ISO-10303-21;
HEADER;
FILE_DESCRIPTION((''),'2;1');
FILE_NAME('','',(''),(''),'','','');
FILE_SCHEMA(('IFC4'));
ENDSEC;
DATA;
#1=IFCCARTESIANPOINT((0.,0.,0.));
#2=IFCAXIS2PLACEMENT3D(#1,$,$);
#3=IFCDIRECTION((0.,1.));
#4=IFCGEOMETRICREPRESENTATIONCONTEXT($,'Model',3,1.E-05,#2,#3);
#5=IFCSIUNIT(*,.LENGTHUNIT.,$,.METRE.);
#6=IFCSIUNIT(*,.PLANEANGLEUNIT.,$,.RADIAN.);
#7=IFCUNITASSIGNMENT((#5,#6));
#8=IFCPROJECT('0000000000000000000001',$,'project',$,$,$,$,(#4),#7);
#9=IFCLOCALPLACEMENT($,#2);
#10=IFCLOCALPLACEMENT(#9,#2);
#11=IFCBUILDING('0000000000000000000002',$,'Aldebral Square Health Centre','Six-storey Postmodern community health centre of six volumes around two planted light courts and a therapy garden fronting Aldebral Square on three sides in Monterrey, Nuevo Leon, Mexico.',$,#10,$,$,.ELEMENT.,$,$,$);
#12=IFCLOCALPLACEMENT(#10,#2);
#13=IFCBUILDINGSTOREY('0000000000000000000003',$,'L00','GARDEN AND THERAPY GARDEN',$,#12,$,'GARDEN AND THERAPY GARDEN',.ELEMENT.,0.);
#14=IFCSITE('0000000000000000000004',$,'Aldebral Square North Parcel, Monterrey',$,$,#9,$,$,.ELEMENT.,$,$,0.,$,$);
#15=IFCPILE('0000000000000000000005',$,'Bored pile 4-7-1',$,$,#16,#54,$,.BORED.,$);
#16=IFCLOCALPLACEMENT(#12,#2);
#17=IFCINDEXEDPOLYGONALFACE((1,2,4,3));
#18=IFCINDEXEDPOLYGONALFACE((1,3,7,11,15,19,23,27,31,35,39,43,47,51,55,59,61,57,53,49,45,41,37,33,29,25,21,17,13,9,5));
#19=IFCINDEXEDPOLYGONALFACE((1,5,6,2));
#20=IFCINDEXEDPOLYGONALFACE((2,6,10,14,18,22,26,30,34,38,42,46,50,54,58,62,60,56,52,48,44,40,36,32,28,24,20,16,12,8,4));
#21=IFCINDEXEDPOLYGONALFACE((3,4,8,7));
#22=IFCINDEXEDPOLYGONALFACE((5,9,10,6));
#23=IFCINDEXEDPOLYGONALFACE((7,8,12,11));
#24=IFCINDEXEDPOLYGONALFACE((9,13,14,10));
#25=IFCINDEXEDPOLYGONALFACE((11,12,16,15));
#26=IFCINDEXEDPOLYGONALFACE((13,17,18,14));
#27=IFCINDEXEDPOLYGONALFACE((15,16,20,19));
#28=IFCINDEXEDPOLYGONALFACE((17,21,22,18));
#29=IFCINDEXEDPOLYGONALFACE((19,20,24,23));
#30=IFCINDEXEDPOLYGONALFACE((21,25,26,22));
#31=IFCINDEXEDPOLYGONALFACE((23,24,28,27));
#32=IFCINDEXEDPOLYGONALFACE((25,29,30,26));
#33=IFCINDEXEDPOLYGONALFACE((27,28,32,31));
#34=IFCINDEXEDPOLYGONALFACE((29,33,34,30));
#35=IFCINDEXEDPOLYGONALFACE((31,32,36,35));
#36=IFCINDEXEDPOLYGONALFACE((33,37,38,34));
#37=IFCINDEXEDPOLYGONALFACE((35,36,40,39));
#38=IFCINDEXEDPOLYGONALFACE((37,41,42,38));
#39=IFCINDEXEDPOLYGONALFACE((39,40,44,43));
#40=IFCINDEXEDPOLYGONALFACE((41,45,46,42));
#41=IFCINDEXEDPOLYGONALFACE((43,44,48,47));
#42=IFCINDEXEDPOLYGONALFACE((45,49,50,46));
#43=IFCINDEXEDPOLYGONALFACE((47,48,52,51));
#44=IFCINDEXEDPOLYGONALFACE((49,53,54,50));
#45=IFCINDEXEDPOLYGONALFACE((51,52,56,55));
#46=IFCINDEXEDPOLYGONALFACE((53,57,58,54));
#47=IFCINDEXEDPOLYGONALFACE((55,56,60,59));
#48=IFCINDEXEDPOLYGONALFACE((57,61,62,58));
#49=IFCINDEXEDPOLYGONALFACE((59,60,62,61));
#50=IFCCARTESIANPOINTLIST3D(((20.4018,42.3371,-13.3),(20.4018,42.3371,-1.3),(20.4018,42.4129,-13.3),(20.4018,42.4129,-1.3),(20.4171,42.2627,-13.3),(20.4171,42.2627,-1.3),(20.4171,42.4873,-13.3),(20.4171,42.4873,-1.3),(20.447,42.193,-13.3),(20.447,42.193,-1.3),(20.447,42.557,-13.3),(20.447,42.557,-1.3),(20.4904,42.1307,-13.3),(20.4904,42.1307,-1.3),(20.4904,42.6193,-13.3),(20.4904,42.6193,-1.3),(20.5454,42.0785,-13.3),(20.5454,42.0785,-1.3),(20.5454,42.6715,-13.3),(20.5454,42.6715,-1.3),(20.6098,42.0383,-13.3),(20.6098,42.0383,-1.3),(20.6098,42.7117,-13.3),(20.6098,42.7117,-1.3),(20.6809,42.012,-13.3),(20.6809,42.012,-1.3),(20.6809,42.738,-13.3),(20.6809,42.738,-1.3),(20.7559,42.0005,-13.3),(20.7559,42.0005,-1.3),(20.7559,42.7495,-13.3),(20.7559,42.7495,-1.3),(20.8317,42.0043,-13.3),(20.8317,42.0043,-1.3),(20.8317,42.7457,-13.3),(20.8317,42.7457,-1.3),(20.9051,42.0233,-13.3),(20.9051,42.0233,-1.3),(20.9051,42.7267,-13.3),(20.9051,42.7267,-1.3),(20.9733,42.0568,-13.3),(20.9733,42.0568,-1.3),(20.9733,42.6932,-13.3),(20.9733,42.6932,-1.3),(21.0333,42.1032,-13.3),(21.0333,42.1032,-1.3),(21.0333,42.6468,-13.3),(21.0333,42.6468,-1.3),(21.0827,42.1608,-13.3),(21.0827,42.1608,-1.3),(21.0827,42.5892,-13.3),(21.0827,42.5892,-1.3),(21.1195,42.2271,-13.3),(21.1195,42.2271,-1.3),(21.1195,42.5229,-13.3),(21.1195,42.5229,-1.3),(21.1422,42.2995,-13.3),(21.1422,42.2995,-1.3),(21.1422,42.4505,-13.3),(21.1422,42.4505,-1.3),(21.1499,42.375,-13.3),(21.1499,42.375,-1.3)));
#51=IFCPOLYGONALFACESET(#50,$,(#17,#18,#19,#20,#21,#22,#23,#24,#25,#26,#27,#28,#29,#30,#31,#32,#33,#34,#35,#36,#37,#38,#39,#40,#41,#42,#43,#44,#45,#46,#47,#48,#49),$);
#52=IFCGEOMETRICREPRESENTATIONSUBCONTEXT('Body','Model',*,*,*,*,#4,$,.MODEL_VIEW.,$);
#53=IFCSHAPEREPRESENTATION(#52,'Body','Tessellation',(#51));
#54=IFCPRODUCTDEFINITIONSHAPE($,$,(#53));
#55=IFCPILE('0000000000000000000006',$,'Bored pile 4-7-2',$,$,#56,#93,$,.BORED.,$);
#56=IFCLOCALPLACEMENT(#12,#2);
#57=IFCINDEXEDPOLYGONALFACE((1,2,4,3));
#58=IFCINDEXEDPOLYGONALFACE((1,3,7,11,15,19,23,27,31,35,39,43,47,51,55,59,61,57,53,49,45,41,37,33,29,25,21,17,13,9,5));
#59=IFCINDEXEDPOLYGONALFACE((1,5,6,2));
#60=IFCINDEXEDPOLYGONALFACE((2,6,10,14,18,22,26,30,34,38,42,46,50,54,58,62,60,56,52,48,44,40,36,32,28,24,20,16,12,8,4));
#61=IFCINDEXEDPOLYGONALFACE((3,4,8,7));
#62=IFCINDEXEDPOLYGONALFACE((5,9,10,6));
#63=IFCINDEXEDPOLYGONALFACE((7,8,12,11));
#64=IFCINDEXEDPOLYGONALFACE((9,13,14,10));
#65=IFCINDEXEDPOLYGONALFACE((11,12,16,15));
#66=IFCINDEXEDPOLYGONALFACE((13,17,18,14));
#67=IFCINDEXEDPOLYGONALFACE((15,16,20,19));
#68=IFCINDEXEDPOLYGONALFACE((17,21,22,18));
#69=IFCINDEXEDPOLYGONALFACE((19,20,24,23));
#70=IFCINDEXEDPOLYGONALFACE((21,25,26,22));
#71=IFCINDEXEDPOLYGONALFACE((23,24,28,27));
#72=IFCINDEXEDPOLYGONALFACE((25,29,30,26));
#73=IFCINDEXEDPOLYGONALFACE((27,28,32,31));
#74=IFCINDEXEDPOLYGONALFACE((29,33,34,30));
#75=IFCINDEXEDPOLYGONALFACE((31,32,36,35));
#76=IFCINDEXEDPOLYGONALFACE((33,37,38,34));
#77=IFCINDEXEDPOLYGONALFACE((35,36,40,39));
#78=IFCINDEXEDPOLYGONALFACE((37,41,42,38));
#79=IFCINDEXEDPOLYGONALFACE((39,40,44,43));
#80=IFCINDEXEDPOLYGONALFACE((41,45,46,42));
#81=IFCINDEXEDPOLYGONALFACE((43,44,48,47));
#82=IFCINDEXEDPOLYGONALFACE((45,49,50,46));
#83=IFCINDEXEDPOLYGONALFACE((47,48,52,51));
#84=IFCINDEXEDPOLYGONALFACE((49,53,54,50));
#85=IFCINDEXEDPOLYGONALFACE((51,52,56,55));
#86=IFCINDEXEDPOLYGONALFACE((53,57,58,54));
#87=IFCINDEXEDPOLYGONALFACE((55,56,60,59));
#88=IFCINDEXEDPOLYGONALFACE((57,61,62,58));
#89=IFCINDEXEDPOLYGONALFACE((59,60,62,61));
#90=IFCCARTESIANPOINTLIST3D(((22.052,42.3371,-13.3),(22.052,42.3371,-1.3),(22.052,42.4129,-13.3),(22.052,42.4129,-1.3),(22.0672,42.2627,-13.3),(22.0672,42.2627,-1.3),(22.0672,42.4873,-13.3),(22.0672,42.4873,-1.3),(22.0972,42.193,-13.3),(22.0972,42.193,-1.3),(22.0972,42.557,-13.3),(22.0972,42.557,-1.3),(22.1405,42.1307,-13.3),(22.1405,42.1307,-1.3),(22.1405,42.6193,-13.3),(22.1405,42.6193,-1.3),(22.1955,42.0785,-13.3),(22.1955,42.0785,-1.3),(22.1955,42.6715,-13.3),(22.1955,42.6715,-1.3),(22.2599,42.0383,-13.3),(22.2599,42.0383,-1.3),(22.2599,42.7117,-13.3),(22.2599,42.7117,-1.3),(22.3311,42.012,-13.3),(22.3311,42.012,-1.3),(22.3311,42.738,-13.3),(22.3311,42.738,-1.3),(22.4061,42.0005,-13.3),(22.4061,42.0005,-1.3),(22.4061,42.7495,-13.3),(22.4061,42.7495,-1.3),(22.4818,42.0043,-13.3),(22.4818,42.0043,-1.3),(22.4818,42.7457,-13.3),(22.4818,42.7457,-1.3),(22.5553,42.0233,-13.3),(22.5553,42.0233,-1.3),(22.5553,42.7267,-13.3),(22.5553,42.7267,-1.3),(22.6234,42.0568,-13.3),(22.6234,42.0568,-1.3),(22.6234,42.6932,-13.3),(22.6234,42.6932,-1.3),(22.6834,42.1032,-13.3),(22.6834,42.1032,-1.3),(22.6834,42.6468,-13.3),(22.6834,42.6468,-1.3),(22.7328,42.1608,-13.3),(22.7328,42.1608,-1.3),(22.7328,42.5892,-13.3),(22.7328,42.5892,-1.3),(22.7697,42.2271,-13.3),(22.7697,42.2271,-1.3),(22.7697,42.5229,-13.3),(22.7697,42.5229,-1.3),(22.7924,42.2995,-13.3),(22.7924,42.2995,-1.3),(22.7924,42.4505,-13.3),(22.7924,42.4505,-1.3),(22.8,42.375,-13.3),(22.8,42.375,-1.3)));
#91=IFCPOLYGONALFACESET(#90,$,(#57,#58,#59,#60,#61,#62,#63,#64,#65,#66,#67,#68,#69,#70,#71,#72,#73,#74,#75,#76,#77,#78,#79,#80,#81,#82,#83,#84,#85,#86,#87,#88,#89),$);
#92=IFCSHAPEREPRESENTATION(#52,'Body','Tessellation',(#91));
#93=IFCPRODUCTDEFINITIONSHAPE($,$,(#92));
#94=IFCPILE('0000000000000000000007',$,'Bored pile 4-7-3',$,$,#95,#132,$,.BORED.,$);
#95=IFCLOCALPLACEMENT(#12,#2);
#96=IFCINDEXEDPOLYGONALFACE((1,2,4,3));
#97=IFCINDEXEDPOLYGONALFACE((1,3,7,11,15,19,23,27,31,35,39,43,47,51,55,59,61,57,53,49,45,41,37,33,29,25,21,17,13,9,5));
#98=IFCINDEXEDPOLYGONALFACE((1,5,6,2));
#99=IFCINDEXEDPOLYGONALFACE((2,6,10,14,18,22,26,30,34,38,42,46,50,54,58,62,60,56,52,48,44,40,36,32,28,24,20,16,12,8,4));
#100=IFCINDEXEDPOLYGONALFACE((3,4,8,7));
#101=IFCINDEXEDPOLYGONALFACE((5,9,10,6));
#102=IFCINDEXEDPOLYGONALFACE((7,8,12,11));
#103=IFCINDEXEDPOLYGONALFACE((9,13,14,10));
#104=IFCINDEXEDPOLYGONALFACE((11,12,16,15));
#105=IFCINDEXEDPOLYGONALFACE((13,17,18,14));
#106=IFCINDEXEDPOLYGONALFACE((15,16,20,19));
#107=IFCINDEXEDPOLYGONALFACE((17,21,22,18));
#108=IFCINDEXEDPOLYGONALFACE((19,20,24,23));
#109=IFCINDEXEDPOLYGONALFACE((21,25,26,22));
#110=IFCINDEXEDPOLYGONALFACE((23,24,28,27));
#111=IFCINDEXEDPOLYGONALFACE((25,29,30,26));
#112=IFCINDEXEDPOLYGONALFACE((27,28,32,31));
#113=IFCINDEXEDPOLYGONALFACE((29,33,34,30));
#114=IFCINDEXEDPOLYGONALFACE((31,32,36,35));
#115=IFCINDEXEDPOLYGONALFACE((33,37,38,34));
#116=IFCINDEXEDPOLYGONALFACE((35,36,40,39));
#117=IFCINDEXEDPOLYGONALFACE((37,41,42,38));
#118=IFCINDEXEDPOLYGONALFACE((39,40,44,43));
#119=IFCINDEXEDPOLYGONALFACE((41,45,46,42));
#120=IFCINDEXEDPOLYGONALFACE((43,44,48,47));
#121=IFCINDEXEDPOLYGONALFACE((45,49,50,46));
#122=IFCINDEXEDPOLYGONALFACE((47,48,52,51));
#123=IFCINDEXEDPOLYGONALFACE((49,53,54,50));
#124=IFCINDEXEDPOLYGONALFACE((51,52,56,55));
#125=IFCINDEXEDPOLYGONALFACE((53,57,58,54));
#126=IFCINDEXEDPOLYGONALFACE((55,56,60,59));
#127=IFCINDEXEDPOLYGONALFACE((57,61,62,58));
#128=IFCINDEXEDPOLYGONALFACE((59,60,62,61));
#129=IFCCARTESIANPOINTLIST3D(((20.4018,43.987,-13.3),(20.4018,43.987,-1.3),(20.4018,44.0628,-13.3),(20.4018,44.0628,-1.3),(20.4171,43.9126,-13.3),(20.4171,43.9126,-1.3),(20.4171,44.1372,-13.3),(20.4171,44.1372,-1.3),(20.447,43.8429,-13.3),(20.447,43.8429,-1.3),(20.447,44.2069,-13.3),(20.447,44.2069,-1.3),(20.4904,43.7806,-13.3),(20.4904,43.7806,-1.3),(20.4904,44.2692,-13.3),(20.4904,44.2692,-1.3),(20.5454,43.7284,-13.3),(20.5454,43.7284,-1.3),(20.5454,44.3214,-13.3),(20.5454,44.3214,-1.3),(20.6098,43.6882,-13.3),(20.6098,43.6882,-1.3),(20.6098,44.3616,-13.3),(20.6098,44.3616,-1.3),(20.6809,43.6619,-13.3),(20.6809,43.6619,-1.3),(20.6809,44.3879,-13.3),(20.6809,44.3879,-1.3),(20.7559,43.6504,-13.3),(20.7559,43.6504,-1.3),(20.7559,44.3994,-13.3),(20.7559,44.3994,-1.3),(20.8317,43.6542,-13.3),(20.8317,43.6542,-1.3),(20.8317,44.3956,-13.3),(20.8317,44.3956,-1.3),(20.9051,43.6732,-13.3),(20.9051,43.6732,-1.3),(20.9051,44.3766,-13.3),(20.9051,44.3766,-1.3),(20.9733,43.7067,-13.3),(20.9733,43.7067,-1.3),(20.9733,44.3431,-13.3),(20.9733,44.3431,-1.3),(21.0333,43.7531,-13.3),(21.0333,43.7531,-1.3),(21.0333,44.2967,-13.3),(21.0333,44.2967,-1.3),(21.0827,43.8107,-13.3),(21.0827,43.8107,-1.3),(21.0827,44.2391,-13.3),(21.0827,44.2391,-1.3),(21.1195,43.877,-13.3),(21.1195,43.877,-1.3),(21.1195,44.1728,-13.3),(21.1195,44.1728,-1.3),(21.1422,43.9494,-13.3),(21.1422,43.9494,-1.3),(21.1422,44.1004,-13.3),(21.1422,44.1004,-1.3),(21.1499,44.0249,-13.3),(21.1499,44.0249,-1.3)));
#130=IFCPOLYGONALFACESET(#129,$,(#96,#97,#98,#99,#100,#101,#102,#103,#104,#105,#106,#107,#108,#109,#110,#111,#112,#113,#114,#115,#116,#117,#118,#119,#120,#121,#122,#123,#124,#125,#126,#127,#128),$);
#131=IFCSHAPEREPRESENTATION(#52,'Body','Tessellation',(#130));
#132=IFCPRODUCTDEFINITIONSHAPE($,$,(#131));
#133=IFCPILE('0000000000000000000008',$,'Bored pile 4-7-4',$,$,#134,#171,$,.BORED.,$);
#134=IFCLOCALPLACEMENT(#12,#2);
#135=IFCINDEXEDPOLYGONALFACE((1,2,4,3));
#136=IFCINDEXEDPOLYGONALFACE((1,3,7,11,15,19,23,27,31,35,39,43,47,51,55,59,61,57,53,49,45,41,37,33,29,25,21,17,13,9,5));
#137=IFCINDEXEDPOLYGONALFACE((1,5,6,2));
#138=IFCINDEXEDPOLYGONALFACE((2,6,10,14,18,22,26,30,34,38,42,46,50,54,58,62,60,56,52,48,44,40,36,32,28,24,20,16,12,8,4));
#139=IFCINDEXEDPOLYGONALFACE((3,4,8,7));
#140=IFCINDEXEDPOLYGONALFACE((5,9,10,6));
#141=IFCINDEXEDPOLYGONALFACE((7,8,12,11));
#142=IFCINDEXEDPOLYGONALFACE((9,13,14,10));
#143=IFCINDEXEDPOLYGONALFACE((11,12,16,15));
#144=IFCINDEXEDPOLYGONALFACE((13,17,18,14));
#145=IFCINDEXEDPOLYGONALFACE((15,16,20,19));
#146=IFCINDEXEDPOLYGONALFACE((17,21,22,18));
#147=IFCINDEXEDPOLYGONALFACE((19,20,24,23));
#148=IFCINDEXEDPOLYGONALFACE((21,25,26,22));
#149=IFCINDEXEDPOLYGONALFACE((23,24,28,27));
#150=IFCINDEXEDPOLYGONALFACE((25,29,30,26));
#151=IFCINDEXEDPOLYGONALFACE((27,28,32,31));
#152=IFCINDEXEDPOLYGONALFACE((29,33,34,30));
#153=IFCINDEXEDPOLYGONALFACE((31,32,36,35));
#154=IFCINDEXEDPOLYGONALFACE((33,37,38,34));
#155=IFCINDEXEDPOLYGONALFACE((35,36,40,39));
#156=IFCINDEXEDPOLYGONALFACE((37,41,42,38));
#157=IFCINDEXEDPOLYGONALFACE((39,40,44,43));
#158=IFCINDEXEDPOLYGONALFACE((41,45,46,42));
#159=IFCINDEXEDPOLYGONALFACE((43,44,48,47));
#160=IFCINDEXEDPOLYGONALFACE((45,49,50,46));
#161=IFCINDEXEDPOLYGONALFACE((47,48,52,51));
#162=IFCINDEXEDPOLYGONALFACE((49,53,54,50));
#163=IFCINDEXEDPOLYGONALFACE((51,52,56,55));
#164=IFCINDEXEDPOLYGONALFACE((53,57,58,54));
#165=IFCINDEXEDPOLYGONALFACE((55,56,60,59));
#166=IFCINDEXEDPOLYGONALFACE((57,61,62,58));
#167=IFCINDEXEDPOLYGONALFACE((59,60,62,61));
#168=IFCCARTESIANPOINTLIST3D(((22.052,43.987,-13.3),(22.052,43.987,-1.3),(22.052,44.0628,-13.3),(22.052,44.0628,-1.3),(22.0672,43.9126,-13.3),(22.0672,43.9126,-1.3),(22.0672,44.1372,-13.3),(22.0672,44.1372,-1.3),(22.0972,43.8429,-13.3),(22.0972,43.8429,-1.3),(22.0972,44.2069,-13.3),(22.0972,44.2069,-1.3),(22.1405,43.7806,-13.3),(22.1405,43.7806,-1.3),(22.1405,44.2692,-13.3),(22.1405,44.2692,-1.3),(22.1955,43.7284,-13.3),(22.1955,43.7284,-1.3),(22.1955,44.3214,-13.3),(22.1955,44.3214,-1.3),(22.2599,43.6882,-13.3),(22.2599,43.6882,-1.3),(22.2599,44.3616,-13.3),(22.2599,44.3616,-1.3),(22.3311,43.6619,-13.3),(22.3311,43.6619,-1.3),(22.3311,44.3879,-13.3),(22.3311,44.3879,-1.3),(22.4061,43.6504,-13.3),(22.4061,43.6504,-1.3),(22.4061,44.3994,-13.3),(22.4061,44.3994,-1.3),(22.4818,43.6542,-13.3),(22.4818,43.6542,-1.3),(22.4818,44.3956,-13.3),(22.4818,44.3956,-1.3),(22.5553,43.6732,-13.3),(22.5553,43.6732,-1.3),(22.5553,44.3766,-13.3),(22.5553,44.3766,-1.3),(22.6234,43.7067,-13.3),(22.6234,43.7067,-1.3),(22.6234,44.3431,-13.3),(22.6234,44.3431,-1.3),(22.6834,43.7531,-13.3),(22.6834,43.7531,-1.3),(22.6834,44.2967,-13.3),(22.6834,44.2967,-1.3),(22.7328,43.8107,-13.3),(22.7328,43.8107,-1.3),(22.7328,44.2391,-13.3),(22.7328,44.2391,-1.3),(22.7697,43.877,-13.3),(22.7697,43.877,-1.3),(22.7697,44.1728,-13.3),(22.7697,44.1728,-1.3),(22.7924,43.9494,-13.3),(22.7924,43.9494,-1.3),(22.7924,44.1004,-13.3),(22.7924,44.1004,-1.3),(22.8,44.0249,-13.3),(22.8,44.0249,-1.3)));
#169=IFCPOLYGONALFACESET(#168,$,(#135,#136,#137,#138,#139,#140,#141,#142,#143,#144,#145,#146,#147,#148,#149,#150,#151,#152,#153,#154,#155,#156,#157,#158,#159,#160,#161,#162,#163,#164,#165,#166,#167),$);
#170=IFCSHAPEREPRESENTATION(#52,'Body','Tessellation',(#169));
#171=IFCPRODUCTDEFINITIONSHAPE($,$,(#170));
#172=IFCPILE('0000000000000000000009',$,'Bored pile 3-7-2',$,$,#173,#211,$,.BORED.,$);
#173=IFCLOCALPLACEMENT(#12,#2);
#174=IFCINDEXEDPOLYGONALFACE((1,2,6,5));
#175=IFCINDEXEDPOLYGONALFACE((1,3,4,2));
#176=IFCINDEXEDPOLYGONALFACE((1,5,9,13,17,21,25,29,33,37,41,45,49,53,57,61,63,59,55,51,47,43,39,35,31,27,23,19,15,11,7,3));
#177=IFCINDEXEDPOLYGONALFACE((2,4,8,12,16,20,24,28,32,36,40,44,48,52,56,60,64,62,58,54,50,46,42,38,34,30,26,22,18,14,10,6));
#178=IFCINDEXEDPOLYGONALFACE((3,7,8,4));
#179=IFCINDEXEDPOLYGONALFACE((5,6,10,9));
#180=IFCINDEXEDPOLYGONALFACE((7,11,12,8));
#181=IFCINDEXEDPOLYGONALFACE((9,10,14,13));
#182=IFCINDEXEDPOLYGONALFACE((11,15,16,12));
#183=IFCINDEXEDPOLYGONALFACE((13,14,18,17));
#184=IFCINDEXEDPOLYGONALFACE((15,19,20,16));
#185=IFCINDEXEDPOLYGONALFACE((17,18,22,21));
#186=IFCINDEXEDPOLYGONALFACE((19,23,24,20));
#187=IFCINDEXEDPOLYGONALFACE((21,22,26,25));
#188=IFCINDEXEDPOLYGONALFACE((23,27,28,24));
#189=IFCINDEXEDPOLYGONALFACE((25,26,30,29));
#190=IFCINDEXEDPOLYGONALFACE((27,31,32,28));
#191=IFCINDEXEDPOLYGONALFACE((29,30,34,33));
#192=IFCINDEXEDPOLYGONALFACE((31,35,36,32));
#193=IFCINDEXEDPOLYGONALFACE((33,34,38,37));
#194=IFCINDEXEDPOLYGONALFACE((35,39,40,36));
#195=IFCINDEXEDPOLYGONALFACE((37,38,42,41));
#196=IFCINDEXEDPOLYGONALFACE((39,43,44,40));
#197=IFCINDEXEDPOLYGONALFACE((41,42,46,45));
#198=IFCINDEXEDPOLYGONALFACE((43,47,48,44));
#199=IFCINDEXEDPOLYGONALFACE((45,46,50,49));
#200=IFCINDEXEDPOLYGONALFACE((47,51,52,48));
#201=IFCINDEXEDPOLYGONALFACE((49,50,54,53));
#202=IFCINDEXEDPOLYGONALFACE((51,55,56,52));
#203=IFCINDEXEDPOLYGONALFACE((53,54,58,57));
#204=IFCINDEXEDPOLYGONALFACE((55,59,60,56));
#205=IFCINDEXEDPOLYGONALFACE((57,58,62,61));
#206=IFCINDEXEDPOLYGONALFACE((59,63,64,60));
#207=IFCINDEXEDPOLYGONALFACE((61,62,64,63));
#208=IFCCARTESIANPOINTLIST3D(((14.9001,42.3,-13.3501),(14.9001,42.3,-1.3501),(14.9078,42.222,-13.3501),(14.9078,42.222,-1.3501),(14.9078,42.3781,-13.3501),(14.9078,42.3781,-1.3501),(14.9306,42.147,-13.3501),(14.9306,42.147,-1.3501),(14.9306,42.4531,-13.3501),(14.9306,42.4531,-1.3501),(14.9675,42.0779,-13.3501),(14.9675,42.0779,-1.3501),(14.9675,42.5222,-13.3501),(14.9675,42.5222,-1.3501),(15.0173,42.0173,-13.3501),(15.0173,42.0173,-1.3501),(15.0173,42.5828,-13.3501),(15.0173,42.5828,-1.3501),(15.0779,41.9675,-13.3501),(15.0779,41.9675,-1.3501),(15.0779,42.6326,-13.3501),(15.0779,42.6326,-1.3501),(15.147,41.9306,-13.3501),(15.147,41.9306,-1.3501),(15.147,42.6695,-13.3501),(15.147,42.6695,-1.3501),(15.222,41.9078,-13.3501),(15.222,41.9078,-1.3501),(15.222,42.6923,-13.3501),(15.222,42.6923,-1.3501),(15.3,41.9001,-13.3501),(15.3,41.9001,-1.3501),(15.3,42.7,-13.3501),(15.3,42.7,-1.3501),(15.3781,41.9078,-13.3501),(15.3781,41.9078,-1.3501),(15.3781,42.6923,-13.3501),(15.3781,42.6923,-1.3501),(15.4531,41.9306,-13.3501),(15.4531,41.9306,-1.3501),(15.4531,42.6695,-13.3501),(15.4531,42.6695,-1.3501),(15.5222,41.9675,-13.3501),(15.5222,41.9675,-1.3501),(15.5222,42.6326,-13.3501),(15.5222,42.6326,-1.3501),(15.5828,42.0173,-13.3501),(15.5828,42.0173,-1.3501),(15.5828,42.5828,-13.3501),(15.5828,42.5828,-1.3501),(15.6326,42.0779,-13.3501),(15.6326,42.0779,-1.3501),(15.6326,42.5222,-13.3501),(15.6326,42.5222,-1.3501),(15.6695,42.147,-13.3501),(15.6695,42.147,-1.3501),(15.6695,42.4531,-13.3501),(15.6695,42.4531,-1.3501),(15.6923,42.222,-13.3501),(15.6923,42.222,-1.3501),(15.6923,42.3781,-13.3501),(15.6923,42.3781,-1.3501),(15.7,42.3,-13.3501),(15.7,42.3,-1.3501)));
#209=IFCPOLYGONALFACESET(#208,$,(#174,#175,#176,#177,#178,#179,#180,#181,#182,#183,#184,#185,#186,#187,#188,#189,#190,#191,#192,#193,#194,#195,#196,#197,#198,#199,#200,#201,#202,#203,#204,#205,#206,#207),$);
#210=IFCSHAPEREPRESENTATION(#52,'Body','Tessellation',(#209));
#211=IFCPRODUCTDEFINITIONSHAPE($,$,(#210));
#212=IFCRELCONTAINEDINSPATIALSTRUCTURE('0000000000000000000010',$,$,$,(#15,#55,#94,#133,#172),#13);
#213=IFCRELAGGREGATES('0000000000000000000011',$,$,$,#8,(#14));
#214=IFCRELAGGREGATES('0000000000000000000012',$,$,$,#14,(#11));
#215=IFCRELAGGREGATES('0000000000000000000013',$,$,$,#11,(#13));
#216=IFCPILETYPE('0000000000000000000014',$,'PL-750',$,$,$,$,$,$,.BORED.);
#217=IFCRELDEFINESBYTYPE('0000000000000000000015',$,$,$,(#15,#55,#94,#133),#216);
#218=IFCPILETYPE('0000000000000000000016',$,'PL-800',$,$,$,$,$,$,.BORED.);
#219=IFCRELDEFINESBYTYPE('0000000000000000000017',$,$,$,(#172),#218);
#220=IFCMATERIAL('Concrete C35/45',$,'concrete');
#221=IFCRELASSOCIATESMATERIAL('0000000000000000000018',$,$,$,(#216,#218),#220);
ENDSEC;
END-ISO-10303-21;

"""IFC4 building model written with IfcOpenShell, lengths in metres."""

from ifc_helpers import new_model, si_unit, direction, frame, origin, origin_2d, place, context, subcontext, project, spatial, circle, extrude, material, material_profile, profile_set, type_object, element, save


model = new_model("IFC4")

# Units and contexts
model_context = context("Model", 3, precision=1e-05, world=origin(), true_north=direction((0.0, 1.0)))
body_context = subcontext(model_context, "Body", "Model", "MODEL_VIEW")
ifc_project = project(units=[si_unit("LENGTHUNIT", "METRE"), si_unit("PLANEANGLEUNIT", "RADIAN")], contexts=[model_context])

# Site, building, storey
site_placement = place(None, origin())
site = spatial("IfcSite", under=ifc_project, at=site_placement, Name="Aldebral Square North Parcel, Monterrey", CompositionType="ELEMENT", RefElevation=0.0)
building_placement = place(site_placement, origin())
building = spatial("IfcBuilding", under=site, at=building_placement, Name="Aldebral Square Health Centre", Description="Six-storey Postmodern community health centre of six volumes around two planted light courts and a therapy garden fronting Aldebral Square on three sides in Monterrey, Nuevo Leon, Mexico.", CompositionType="ELEMENT")
storey_placement = place(building_placement, origin())
storey = spatial("IfcBuildingStorey", under=building, at=storey_placement, Name="L00", Description="GARDEN AND THERAPY GARDEN", LongName="GARDEN AND THERAPY GARDEN", CompositionType="ELEMENT", Elevation=0.0)

# Shared definitions
ifc_material_1 = material(Name="Concrete C35/45", Category="concrete")

# Piles
ifc_material_profile_1 = material_profile(ifc_material_1, circle(Radius=0.375, at=origin_2d()), Name="PILE D750")
ifc_profile_set_1 = profile_set([ifc_material_profile_1], Name="Concrete C35/45")
pile_type_1 = type_object("IfcPileType", Name="PL-750", PredefinedType="BORED", material=ifc_profile_set_1)
for number, where, z_axis, x_axis, name in (
    (1, (20.7749, 42.375, -1.3), (0.0, 0.0, -1.0), (1.0, 0.0, 0.0), "Bored pile 4-7-1"),
    (2, (22.425, 42.375, -1.3), (0.0, 0.0, -1.0), (1.0, 0.0, 0.0), "Bored pile 4-7-2"),
    (3, (20.7749, 44.0249, -1.3), (0.0, 0.0, -1.0), (1.0, 0.0, 0.0), "Bored pile 4-7-3"),
    (4, (22.425, 44.0249, -1.3), (0.0, 0.0, -1.0), (1.0, 0.0, 0.0), "Bored pile 4-7-4"),
):
    element("IfcPile", number, at=place(storey_placement, frame(where, z_axis=z_axis, x_axis=x_axis)), inside=storey, type_object=pile_type_1, Name=name, PredefinedType="BORED", context=body_context, shape_type="SweptSolid", body=[
        extrude(circle(Radius=0.375, at=origin_2d()), origin(), (0.0, 0.0, 1.0), 12.0),
    ])
ifc_material_profile_2 = material_profile(ifc_material_1, circle(Radius=0.3999, at=origin_2d()), Name="PILE D800")
ifc_profile_set_2 = profile_set([ifc_material_profile_2], Name="Concrete C35/45")
pile_type_2 = type_object("IfcPileType", Name="PL-800", PredefinedType="BORED", material=ifc_profile_set_2)
pile_placement = place(storey_placement, frame((15.3, 42.3, -1.3501), z_axis=(0.0, 0.0, -1.0), x_axis=(1.0, 0.0, 0.0)))
element("IfcPile", 5, at=pile_placement, inside=storey, type_object=pile_type_2, Name="Bored pile 3-7-2", PredefinedType="BORED", context=body_context, shape_type="SweptSolid", body=[
    extrude(circle(Radius=0.3999, at=origin_2d()), origin(), (0.0, 0.0, 1.0), 12.0),
])

save(model, "model.ifc")
